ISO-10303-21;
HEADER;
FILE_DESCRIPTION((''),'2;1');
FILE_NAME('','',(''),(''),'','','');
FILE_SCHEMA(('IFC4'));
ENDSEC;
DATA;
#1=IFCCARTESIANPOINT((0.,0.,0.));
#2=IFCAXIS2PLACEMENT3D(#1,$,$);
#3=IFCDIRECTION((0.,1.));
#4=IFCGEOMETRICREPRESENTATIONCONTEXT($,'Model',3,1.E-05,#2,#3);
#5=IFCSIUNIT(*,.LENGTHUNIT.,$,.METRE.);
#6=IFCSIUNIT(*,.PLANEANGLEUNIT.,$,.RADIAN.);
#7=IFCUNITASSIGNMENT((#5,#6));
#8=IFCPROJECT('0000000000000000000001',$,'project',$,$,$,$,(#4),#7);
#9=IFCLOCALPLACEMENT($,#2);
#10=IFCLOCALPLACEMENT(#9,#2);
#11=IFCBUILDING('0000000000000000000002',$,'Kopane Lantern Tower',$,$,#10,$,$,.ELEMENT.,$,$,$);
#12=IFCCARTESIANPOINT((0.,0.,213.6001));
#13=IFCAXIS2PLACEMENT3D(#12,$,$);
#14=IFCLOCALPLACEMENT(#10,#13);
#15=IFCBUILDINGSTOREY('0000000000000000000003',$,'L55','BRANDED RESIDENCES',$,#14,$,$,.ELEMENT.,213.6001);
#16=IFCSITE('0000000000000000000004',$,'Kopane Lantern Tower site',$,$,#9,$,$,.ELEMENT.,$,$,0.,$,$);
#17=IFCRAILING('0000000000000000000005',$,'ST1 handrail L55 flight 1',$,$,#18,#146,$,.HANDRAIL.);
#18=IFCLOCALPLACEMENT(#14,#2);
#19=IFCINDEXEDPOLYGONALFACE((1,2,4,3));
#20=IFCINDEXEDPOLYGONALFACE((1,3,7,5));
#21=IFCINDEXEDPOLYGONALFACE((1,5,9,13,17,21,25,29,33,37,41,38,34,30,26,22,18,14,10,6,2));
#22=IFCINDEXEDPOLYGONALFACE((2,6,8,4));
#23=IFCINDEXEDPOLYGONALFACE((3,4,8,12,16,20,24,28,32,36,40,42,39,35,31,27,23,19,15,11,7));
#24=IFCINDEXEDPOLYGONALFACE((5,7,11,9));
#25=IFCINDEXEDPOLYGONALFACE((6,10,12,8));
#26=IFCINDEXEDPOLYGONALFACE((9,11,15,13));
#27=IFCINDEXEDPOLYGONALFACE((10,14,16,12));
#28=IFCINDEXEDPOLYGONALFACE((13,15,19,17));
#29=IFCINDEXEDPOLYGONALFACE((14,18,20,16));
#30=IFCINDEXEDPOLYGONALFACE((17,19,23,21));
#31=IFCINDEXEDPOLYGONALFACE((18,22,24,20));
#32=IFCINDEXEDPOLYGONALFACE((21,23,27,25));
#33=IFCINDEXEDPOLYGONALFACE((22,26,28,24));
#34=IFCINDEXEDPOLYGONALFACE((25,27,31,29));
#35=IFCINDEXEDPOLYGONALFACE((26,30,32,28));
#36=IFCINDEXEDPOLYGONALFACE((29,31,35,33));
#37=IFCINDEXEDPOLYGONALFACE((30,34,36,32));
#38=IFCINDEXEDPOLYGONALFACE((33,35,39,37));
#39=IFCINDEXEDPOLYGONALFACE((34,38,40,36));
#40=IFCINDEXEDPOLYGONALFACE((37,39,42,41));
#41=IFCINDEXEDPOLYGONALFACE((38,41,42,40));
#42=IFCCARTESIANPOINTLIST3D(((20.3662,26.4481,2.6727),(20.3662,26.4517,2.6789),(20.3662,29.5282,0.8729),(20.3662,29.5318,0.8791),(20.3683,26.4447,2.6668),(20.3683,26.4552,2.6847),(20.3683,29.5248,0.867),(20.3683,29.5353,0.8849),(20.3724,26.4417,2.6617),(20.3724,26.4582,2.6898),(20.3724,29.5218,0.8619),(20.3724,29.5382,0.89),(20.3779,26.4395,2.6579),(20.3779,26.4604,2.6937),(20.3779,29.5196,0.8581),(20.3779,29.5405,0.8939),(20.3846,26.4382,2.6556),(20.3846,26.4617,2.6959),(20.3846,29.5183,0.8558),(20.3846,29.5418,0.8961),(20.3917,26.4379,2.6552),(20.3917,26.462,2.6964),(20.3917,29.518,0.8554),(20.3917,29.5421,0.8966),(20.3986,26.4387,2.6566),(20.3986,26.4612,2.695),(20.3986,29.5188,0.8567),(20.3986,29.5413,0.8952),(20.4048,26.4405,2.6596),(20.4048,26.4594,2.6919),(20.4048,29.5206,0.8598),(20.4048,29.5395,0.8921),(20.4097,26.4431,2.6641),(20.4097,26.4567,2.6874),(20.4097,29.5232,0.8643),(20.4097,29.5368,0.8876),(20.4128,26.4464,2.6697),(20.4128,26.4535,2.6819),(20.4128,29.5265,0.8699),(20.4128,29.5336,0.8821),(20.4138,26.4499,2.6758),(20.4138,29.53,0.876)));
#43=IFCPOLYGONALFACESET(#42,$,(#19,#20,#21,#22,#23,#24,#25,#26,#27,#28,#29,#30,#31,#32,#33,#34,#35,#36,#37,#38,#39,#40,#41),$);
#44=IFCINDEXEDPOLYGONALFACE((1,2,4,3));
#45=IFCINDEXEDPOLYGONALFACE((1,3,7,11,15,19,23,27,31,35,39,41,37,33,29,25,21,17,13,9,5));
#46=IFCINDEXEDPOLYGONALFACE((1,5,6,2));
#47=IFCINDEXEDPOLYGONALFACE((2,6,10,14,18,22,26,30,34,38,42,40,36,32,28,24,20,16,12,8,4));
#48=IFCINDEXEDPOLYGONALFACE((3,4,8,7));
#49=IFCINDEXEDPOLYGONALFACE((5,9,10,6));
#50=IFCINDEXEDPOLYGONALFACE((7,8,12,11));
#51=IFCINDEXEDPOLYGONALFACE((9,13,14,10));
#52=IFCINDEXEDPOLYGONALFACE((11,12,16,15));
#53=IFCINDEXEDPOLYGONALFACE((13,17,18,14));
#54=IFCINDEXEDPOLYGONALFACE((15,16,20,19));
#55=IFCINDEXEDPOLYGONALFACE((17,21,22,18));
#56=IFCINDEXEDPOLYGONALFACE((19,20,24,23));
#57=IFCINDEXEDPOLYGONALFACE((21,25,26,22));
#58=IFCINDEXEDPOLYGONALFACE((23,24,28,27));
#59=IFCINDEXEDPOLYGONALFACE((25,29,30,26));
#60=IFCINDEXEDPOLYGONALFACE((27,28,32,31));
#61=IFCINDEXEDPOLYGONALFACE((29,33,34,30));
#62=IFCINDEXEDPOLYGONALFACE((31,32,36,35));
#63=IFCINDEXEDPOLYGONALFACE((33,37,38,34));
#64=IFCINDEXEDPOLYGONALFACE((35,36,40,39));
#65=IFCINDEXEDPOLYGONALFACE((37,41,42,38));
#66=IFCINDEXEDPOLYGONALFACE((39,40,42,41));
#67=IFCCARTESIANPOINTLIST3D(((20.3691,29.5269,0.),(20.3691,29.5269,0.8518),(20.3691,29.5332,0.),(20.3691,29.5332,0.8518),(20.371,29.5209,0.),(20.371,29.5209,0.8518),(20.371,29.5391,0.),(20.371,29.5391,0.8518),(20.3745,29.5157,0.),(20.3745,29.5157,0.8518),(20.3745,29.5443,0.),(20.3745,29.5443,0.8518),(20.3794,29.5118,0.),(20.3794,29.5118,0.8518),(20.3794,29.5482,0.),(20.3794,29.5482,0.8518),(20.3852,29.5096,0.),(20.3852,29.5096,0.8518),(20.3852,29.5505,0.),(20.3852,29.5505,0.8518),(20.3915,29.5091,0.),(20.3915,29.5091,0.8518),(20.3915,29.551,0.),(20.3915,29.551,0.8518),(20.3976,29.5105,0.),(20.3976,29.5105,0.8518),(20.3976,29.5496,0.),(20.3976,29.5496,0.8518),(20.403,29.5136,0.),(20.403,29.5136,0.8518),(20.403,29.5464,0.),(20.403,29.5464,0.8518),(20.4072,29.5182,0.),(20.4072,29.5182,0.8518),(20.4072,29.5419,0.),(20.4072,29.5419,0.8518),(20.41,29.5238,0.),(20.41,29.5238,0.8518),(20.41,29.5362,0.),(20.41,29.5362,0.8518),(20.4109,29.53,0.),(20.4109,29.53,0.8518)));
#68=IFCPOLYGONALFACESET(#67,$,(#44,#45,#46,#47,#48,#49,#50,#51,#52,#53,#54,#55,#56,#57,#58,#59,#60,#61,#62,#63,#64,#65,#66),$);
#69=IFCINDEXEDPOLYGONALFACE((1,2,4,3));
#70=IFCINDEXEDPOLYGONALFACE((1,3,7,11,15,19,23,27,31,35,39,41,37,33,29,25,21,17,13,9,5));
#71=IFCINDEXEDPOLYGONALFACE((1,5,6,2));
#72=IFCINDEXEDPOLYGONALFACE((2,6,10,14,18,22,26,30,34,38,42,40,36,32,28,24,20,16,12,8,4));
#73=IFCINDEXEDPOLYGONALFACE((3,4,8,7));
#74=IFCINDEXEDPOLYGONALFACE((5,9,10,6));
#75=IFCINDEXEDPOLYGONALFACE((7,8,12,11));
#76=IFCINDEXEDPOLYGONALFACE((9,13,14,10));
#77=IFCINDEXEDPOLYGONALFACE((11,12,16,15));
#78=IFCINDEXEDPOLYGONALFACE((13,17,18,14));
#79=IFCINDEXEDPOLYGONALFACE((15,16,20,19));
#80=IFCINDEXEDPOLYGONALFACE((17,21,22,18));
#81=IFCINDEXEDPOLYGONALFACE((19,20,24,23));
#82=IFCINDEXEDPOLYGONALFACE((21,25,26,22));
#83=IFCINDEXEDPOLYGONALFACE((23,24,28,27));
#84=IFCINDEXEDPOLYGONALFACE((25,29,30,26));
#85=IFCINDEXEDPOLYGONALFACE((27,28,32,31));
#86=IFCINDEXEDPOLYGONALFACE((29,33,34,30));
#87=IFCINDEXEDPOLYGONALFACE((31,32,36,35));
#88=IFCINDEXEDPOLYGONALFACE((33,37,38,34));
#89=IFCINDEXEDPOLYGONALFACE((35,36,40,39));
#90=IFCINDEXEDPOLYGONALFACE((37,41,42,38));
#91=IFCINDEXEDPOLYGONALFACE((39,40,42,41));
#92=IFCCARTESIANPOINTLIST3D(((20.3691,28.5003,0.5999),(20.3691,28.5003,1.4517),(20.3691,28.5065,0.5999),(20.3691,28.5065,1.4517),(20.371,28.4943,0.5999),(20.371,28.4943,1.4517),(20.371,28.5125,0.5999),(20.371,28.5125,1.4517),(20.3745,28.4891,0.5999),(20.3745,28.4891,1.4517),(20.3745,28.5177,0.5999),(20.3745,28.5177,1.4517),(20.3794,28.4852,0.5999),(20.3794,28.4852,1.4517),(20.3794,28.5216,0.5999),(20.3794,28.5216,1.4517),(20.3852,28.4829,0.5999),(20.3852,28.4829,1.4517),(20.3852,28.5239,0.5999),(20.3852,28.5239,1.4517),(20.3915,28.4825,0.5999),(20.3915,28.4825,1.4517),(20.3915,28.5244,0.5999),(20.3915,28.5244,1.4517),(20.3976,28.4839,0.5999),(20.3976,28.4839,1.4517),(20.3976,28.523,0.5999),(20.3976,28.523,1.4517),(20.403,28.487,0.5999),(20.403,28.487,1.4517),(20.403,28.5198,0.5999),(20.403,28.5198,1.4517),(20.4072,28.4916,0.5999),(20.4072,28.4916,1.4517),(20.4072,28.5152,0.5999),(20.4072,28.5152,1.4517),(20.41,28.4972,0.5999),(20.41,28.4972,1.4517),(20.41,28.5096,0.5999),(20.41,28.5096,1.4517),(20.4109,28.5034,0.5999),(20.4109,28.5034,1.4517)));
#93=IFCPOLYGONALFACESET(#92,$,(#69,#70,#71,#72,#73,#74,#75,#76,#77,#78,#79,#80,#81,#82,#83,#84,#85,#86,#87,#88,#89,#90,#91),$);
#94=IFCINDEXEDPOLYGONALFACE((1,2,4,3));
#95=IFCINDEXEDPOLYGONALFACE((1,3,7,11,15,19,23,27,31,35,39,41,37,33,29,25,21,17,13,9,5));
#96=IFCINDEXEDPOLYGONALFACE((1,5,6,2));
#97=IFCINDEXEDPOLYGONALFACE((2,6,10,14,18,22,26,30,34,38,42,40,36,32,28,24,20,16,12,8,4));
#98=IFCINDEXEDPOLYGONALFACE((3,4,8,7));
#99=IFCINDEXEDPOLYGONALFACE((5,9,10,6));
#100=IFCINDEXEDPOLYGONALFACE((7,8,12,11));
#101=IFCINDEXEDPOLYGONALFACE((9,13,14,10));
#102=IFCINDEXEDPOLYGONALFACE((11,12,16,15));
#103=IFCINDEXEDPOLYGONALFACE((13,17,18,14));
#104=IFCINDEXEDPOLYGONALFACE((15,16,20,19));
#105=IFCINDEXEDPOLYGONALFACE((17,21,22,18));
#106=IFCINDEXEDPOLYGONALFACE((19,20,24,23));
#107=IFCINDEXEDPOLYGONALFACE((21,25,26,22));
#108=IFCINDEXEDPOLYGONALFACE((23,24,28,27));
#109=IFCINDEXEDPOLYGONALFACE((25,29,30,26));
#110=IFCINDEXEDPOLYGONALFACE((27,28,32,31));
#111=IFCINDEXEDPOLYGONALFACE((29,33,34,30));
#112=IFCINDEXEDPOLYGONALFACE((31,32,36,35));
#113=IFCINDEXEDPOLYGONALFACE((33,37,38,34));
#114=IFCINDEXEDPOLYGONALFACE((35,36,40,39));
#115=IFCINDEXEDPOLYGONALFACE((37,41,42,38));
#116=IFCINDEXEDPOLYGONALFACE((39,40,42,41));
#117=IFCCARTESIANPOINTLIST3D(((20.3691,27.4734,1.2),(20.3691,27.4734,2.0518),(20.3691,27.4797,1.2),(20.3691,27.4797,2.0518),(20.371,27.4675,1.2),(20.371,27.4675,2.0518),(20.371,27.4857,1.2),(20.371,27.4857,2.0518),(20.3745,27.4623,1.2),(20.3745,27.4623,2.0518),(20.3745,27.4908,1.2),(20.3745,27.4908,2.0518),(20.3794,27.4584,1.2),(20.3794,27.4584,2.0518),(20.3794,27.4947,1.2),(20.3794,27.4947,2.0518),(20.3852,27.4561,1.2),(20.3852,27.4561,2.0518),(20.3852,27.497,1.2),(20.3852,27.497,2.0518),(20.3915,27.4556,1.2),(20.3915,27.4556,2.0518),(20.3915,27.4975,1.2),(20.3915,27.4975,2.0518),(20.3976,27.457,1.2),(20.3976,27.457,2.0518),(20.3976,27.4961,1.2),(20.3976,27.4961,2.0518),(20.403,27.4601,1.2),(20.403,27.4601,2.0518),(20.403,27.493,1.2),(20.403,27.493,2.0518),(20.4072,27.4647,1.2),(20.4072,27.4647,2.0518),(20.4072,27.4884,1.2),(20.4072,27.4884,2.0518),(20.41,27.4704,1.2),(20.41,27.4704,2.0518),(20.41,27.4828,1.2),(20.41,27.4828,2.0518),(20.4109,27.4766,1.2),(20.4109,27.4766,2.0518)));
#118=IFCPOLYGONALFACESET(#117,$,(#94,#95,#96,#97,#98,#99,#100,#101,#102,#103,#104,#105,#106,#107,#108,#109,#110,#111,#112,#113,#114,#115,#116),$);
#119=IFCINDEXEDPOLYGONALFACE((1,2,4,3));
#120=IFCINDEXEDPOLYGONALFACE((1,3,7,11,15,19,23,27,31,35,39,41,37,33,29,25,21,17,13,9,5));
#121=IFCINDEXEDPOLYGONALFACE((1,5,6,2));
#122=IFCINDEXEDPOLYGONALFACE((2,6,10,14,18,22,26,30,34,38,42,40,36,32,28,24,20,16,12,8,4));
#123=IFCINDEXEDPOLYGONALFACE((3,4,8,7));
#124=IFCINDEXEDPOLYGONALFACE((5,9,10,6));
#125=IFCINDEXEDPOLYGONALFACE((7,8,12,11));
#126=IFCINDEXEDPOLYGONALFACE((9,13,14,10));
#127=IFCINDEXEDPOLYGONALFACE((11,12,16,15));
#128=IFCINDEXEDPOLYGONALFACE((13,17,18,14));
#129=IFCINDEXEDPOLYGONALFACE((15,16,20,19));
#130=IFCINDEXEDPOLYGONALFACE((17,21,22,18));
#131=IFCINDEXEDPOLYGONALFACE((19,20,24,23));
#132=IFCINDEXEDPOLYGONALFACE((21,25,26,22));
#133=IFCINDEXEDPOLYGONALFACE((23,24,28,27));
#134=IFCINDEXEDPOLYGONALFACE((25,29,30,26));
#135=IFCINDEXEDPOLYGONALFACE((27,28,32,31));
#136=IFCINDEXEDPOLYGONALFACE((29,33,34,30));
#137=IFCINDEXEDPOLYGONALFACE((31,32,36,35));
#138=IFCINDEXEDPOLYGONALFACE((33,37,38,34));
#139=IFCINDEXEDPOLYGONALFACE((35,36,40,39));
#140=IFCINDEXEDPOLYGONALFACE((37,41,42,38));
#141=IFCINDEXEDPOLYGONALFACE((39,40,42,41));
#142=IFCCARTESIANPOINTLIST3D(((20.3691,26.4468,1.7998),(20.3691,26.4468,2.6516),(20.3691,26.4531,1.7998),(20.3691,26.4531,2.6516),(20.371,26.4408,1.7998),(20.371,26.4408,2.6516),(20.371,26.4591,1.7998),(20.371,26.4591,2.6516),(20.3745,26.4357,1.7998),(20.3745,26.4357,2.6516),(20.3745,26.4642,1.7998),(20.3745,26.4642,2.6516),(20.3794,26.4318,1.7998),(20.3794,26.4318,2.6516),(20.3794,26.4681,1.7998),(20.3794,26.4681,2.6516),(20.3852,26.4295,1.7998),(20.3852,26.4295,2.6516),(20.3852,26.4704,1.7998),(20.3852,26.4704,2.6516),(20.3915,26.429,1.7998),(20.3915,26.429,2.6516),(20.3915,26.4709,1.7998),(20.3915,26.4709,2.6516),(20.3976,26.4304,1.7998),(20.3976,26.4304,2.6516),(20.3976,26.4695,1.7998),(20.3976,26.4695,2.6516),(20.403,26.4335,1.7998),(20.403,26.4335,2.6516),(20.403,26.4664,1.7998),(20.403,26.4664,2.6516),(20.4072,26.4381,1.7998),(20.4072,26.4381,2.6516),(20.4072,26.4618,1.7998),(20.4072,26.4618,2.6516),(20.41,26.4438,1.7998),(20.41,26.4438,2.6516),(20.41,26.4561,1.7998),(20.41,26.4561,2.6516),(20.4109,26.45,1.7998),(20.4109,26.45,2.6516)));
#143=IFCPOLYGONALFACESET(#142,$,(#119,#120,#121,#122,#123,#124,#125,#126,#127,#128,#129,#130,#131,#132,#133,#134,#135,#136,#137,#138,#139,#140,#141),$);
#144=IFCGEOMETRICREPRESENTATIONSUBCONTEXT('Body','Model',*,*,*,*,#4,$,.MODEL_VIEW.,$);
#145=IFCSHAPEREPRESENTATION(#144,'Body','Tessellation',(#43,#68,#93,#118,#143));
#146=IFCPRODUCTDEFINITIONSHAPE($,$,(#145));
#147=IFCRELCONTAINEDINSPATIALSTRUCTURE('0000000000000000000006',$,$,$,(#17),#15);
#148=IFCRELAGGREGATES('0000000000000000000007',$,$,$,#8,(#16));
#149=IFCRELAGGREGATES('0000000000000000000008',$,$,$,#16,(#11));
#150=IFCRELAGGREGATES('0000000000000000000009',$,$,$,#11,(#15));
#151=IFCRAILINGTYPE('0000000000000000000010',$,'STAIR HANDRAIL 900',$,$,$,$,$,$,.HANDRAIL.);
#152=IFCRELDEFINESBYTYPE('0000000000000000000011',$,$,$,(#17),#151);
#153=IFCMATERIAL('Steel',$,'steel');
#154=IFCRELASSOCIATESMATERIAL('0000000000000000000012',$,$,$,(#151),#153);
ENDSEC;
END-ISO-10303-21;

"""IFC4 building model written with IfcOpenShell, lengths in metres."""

from ifc_helpers import new_model, si_unit, direction, frame, origin, origin_2d, place, context, subcontext, project, spatial, circle, extrude, material, type_object, element, save


model = new_model("IFC4")

# Units and contexts
model_context = context("Model", 3, precision=1e-05, world=origin(), true_north=direction((0.0, 1.0)))
body_context = subcontext(model_context, "Body", "Model", "MODEL_VIEW")
ifc_project = project(units=[si_unit("LENGTHUNIT", "METRE"), si_unit("PLANEANGLEUNIT", "RADIAN")], contexts=[model_context])

# Site, building, storey
site_placement = place(None, origin())
site = spatial("IfcSite", under=ifc_project, at=site_placement, Name="Kopane Lantern Tower site", CompositionType="ELEMENT", RefElevation=0.0)
building_placement = place(site_placement, origin())
building = spatial("IfcBuilding", under=site, at=building_placement, Name="Kopane Lantern Tower", CompositionType="ELEMENT")
storey_placement = place(building_placement, frame((0.0, 0.0, 213.6001)))
storey = spatial("IfcBuildingStorey", under=building, at=storey_placement, Name="L55", Description="BRANDED RESIDENCES", CompositionType="ELEMENT", Elevation=213.6001)

# Railing
ifc_material_1 = material(Name="Steel", Category="steel")
railing_type_1 = type_object("IfcRailingType", Name="STAIR HANDRAIL 900", PredefinedType="HANDRAIL", material=ifc_material_1)
for number, where, name in (
    (1, (20.3899, 29.53, 0.0), "ST1 handrail L55 flight 1"),
):
    element("IfcRailing", number, at=place(storey_placement, frame(where)), inside=storey, type_object=railing_type_1, Name=name, PredefinedType="HANDRAIL", context=body_context, shape_type="SweptSolid", body=[
        extrude(circle(Radius=0.0239, at=origin_2d()), frame((0.0, 0.0, 0.876), z_axis=(0.0, -0.863401, 0.504518), x_axis=(1.0, 0.0, 0.0)), (0.0, 0.0, 1.0), 3.5674),
        extrude(circle(Radius=0.021, at=origin_2d()), origin(), (0.0, 0.0, 1.0), 0.8518),
        extrude(circle(Radius=0.021, at=origin_2d()), frame((0.0, -1.0266, 0.5999)), (0.0, 0.0, 1.0), 0.8518),
        extrude(circle(Radius=0.021, at=origin_2d()), frame((0.0, -2.0535, 1.2)), (0.0, 0.0, 1.0), 0.8518),
        extrude(circle(Radius=0.021, at=origin_2d()), frame((0.0, -3.0801, 1.7998)), (0.0, 0.0, 1.0), 0.8518),
    ])

save(model, "model.ifc")
